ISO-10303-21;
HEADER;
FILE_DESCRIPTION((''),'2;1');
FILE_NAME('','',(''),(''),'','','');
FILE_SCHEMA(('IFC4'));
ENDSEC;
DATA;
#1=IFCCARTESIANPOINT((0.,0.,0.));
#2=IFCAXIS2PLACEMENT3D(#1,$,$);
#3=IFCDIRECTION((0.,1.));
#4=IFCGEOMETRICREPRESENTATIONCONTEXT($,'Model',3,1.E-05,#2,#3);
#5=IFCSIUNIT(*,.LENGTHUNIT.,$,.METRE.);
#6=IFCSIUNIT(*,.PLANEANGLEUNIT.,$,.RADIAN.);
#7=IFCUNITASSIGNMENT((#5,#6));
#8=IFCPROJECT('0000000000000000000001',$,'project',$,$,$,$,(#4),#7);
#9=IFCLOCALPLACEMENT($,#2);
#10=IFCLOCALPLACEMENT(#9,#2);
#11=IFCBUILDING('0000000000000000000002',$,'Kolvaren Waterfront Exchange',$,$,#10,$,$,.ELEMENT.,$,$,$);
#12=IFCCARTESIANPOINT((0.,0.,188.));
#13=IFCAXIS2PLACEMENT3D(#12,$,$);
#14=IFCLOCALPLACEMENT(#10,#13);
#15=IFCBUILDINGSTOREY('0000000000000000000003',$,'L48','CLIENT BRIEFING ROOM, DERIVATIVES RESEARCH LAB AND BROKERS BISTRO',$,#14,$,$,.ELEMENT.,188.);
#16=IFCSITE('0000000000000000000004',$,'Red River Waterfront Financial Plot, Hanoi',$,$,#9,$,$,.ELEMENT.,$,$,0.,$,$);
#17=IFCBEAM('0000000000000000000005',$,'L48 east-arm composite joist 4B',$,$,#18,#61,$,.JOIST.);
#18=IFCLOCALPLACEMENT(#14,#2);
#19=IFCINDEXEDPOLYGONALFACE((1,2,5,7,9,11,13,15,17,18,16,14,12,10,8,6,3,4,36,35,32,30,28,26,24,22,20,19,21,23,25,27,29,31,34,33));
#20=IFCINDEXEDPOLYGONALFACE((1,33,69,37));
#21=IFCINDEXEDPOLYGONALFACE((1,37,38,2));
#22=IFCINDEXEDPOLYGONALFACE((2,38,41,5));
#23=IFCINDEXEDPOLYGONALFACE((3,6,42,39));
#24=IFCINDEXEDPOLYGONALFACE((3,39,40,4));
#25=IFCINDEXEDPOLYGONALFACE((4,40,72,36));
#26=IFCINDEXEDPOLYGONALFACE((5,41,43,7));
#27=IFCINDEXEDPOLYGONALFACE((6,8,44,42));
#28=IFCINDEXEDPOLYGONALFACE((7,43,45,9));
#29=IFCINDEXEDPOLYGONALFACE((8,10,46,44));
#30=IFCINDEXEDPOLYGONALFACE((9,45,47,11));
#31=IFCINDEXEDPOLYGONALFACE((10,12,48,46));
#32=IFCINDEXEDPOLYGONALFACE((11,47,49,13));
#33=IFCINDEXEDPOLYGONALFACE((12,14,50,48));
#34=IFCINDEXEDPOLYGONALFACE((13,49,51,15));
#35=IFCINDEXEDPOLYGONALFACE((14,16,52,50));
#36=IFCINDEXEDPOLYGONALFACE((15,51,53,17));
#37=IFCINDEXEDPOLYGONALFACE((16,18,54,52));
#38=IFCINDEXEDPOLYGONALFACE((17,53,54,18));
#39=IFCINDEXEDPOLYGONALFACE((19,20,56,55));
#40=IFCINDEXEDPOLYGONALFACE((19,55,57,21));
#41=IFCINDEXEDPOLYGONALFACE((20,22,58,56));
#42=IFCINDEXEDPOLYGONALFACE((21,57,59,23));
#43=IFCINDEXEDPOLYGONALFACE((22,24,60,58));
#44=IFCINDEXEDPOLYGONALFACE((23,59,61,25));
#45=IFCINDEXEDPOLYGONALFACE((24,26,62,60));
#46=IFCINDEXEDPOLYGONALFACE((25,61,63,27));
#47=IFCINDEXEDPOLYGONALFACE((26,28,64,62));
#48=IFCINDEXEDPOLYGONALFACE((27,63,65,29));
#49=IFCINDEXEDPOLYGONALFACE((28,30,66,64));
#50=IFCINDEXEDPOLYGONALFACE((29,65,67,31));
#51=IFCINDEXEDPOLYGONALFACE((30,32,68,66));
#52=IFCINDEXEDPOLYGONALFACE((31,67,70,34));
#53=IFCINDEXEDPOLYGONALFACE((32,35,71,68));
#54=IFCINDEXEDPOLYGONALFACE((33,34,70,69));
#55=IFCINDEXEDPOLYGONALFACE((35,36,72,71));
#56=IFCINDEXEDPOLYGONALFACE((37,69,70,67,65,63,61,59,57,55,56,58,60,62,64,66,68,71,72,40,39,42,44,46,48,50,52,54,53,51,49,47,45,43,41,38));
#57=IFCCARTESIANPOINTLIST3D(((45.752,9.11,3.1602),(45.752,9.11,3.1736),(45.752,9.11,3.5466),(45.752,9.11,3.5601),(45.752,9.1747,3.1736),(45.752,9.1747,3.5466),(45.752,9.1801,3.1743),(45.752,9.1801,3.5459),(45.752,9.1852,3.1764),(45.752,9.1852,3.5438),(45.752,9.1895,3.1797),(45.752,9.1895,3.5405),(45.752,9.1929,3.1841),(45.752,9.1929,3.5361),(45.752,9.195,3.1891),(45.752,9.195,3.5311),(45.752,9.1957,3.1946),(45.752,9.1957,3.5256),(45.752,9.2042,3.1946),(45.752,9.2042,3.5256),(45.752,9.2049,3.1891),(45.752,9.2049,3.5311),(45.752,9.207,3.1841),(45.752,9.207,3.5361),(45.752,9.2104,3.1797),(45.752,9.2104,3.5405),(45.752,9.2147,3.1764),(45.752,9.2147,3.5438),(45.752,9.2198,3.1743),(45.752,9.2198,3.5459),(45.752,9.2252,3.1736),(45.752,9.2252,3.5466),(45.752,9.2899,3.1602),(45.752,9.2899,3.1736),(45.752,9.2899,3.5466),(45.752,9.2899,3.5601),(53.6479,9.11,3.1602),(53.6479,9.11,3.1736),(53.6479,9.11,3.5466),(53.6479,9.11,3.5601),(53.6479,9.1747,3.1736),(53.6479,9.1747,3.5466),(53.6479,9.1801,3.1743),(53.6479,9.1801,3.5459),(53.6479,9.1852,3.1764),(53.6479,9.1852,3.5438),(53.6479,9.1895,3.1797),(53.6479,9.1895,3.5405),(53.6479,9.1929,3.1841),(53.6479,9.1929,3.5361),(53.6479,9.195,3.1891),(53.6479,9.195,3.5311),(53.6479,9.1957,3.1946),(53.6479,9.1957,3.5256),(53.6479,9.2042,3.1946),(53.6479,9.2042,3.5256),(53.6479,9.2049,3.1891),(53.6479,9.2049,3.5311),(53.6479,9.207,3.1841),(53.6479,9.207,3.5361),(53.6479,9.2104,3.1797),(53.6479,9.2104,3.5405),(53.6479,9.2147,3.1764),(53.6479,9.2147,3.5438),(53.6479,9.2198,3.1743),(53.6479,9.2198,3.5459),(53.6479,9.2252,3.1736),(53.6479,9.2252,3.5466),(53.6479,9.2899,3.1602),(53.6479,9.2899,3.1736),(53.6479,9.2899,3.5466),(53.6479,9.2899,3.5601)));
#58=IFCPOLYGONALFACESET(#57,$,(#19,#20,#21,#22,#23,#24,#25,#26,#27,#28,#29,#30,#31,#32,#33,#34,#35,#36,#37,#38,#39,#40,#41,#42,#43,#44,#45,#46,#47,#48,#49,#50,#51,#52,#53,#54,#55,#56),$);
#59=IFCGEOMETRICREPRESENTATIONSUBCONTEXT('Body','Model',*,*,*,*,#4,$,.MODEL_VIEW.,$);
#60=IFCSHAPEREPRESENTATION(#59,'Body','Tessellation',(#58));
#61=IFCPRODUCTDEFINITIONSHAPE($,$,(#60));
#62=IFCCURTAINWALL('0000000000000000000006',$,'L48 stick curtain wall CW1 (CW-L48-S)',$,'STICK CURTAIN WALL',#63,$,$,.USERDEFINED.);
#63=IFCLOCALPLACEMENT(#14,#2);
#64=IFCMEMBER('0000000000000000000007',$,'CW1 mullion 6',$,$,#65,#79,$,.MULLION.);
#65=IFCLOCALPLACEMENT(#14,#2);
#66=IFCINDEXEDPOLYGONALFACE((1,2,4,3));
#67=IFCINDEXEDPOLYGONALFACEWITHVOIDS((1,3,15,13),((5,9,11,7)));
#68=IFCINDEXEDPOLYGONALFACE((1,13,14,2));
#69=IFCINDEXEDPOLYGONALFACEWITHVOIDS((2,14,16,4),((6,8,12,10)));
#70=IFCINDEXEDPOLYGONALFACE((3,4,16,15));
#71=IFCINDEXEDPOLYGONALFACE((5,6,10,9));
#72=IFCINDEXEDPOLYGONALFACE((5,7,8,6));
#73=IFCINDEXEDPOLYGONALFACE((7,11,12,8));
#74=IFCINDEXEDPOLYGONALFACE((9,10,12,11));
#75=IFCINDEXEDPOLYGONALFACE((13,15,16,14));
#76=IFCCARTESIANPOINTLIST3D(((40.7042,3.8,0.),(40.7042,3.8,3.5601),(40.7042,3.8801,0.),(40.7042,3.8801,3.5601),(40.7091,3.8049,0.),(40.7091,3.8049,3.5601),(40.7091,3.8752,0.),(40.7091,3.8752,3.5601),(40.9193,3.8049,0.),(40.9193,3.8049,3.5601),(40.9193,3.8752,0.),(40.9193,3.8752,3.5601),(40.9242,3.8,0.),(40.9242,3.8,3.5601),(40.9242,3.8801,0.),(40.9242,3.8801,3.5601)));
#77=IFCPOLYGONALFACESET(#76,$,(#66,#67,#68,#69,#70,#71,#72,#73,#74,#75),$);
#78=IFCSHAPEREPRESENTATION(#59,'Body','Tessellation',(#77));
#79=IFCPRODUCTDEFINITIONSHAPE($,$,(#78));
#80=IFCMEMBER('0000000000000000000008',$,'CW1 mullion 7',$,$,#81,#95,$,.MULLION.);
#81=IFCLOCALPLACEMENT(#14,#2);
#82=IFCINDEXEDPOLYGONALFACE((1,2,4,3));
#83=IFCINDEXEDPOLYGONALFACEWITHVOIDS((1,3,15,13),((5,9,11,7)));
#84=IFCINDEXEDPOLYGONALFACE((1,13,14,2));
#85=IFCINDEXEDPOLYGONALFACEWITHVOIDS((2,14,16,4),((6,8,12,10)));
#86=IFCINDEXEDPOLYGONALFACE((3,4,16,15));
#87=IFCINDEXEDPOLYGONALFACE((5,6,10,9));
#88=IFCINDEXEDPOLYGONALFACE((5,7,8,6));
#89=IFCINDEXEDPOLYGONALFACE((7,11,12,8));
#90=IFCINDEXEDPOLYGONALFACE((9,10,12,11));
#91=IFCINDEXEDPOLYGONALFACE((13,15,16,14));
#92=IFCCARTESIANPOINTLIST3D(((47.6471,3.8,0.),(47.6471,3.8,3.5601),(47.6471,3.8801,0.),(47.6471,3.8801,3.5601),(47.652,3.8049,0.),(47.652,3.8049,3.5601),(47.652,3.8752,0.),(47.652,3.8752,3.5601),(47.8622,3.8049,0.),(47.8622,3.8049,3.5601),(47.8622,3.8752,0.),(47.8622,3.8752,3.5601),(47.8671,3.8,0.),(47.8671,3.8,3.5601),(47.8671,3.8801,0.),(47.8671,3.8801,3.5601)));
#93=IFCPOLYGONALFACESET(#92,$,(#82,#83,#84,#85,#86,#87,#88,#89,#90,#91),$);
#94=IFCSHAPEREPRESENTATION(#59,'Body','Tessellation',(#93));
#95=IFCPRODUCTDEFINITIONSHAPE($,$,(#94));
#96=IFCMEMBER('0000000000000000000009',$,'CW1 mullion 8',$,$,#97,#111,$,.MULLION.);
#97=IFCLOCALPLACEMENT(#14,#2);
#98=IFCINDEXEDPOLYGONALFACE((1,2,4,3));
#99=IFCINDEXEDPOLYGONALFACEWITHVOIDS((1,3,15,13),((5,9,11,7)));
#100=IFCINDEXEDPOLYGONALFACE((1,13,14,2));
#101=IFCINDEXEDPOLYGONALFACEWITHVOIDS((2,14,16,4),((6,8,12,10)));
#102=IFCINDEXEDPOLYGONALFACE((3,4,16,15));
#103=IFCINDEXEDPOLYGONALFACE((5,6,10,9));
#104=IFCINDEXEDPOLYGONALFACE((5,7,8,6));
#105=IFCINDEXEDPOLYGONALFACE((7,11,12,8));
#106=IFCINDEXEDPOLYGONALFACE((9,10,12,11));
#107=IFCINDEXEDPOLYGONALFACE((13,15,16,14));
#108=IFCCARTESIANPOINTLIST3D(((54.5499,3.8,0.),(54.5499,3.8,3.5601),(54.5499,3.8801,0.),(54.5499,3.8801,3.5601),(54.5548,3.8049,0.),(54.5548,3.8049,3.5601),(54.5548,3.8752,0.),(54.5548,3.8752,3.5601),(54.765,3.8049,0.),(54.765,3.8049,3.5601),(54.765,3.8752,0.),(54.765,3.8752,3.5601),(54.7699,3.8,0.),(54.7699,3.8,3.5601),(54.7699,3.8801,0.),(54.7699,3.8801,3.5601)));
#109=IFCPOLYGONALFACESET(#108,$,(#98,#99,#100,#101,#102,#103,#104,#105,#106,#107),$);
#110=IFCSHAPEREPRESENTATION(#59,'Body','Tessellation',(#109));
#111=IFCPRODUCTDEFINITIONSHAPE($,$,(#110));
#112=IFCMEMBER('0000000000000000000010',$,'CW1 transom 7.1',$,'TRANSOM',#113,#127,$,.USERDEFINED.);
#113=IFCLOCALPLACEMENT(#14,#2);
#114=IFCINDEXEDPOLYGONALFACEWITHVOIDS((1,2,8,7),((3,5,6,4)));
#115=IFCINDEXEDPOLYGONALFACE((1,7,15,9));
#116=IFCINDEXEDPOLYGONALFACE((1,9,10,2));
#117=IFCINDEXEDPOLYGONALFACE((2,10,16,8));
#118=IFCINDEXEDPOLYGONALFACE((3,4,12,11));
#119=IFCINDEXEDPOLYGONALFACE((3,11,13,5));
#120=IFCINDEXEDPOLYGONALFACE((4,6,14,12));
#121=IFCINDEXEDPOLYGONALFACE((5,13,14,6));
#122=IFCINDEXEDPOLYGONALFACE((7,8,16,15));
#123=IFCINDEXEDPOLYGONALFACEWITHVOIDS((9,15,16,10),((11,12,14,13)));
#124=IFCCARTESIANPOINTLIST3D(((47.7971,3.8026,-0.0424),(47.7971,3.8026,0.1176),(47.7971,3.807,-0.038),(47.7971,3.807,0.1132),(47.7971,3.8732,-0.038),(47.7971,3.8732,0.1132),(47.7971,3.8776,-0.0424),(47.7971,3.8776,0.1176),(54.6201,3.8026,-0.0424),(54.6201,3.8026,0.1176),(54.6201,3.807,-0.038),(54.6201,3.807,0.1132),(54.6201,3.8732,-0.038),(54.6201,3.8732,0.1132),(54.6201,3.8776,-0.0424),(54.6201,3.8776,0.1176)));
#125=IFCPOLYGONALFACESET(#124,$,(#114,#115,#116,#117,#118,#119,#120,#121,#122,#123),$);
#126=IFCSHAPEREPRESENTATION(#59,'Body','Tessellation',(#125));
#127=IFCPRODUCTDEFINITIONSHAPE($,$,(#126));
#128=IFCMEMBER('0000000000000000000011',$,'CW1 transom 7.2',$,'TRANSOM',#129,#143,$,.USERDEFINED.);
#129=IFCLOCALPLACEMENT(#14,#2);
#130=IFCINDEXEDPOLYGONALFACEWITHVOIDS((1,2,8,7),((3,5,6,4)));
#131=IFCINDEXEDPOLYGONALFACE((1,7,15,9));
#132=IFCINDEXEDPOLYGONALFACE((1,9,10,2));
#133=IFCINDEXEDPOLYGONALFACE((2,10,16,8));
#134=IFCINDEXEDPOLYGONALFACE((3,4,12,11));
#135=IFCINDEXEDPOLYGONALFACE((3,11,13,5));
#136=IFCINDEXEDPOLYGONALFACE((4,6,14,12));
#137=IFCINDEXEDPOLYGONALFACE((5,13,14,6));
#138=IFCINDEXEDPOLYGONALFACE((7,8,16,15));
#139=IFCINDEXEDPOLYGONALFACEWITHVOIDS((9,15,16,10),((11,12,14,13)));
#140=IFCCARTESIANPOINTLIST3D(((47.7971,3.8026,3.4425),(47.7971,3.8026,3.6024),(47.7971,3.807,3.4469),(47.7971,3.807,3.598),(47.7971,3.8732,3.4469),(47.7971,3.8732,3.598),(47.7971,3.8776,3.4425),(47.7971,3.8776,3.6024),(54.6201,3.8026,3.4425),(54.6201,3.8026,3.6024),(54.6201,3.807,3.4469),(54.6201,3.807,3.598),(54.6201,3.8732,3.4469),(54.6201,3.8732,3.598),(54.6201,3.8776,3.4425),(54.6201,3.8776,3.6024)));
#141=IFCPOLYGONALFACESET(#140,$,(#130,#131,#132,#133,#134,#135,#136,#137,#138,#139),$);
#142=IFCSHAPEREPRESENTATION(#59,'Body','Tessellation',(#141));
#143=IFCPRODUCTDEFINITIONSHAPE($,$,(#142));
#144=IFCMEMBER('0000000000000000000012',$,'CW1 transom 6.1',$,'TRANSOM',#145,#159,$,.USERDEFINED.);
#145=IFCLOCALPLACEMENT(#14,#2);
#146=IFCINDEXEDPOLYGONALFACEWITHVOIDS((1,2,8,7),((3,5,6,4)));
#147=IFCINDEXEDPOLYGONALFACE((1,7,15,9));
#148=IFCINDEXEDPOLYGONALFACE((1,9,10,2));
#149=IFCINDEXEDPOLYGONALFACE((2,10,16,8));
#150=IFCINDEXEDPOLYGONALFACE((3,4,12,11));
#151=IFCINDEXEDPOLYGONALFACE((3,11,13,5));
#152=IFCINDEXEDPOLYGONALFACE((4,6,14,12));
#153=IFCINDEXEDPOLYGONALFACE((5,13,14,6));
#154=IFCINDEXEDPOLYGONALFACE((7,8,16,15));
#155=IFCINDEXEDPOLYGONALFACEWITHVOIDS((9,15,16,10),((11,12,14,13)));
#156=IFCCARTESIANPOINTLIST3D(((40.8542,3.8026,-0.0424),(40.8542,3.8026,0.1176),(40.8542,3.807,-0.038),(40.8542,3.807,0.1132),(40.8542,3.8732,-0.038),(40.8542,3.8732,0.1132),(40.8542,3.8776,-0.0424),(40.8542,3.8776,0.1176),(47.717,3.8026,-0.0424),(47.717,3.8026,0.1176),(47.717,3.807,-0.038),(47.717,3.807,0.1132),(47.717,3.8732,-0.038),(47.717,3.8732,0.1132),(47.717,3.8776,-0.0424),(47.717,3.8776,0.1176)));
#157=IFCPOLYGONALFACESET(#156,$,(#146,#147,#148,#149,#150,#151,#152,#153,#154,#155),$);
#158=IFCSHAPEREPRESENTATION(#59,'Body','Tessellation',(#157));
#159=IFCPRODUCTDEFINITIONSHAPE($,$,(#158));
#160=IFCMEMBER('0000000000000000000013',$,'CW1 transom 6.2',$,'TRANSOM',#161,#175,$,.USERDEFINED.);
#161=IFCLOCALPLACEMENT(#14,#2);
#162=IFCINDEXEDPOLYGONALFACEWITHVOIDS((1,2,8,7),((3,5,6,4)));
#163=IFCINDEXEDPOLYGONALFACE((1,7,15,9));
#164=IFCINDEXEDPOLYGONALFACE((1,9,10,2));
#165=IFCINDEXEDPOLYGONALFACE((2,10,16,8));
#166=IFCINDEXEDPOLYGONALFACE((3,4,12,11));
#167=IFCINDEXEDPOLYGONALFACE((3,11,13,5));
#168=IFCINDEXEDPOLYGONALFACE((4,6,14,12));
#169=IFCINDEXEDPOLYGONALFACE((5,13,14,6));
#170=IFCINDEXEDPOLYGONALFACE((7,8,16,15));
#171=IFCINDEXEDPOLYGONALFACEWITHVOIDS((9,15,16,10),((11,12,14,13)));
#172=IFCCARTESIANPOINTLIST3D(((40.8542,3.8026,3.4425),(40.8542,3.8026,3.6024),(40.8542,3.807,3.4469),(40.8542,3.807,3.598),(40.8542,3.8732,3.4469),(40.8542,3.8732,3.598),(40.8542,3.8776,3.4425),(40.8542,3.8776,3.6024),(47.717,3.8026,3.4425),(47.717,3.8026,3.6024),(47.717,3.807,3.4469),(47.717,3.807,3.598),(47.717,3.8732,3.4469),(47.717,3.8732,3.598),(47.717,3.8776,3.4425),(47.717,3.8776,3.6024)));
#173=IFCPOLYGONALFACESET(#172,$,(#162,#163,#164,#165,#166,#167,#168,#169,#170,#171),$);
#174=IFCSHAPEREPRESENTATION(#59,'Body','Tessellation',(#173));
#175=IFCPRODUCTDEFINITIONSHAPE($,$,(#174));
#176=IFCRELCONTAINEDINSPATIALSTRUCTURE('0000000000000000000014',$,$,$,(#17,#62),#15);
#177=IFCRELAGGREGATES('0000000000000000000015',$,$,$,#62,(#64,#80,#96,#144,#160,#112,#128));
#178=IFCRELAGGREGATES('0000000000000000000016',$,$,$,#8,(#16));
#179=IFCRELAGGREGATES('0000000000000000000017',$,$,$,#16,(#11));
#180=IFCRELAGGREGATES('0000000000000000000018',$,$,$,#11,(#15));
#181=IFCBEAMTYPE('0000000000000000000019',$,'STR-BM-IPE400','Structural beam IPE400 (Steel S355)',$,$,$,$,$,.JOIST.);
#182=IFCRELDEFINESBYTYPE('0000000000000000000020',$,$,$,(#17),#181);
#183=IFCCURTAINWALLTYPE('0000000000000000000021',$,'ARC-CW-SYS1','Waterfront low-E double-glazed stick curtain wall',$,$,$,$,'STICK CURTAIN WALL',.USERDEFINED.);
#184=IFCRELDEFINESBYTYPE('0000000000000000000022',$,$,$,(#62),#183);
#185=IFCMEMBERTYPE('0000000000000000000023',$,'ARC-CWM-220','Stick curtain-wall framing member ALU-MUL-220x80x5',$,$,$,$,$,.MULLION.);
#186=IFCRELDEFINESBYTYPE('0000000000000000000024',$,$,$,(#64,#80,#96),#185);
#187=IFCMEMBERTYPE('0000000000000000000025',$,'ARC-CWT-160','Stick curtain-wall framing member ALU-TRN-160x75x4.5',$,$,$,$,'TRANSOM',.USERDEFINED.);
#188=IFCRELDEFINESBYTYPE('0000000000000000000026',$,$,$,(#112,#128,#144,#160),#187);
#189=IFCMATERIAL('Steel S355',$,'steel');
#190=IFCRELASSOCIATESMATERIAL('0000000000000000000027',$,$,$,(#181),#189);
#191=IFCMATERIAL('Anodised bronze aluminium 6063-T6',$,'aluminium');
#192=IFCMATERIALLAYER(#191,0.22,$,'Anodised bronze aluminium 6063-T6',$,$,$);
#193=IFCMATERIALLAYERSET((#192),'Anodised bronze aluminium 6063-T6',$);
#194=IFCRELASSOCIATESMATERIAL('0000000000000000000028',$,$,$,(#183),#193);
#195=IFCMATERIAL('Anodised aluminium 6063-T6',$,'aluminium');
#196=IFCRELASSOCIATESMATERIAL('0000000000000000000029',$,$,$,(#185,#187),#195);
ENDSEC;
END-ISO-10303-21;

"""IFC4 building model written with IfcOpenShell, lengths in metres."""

from ifc_helpers import new_model, si_unit, direction, frame, origin, origin_with_axes, origin_2d, place, context, subcontext, project, spatial, hollow_rectangle, i_section, extrude, source, transform, mapped, material, layer, layer_set, material_profile, profile_set, type_object, element, aggregate, save


model = new_model("IFC4")

# Units and contexts
model_context = context("Model", 3, precision=1e-05, world=origin(), true_north=direction((0.0, 1.0)))
body_context = subcontext(model_context, "Body", "Model", "MODEL_VIEW")
ifc_project = project(units=[si_unit("LENGTHUNIT", "METRE"), si_unit("PLANEANGLEUNIT", "RADIAN")], contexts=[model_context])

# Site, building, storey
site_placement = place(None, origin())
site = spatial("IfcSite", under=ifc_project, at=site_placement, Name="Red River Waterfront Financial Plot, Hanoi", CompositionType="ELEMENT", RefElevation=0.0)
building_placement = place(site_placement, origin())
building = spatial("IfcBuilding", under=site, at=building_placement, Name="Kolvaren Waterfront Exchange", CompositionType="ELEMENT")
storey_placement = place(building_placement, frame((0.0, 0.0, 188.0)))
storey = spatial("IfcBuildingStorey", under=building, at=storey_placement, Name="L48", Description="CLIENT BRIEFING ROOM, DERIVATIVES RESEARCH LAB AND BROKERS BISTRO", CompositionType="ELEMENT", Elevation=188.0)

# Beam
ifc_material_1 = material(Name="Steel S355", Category="steel")
ifc_material_profile_1 = material_profile(ifc_material_1, i_section(OverallWidth=0.1799, OverallDepth=0.3999, WebThickness=0.0085, FlangeThickness=0.0134, FilletRadius=0.021, at=origin_2d()), Name="IPE400")
ifc_profile_set_1 = profile_set([ifc_material_profile_1], Name="Steel S355")
beam_type_1 = type_object("IfcBeamType", Name="STR-BM-IPE400", Description="Structural beam IPE400 (Steel S355)", PredefinedType="JOIST", material=ifc_profile_set_1)
beam_1_placement = place(storey_placement, frame((45.752, 9.2, 3.3601), z_axis=(1.0, 0.0, 0.0), x_axis=(0.0, 1.0, 0.0)))
element("IfcBeam", 1, at=beam_1_placement, inside=storey, type_object=beam_type_1, Name="L48 east-arm composite joist 4B", PredefinedType="JOIST", context=body_context, shape_type="SweptSolid", body=[
    extrude(i_section(OverallWidth=0.1799, OverallDepth=0.3999, WebThickness=0.0085, FlangeThickness=0.0134, FilletRadius=0.021, at=origin_2d()), origin(), (0.0, 0.0, 1.0), 7.896),
])

# Curtain wall, members
ifc_material_2 = material(Name="Anodised bronze aluminium 6063-T6", Category="aluminium")
ifc_layer_1 = layer(ifc_material_2, 0.22, Name="Anodised bronze aluminium 6063-T6")
ifc_layer_set_1 = layer_set([ifc_layer_1], Name="Anodised bronze aluminium 6063-T6")
curtain_wall_type = type_object("IfcCurtainWallType", Name="ARC-CW-SYS1", Description="Waterfront low-E double-glazed stick curtain wall", ElementType="STICK CURTAIN WALL", PredefinedType="USERDEFINED", material=ifc_layer_set_1)
curtain_wall_placement = place(storey_placement, origin())
curtain_wall = element("IfcCurtainWall", 2, at=curtain_wall_placement, inside=storey, type_object=curtain_wall_type, Name="L48 stick curtain wall CW1 (CW-L48-S)", ObjectType="STICK CURTAIN WALL", PredefinedType="USERDEFINED")
ifc_material_3 = material(Name="Anodised aluminium 6063-T6", Category="aluminium")
ifc_material_profile_2 = material_profile(ifc_material_3, hollow_rectangle(XDim=0.0801, YDim=0.22, WallThickness=0.0049, at=origin_2d()), Name="ALU-MUL-220x80x5")
ifc_profile_set_2 = profile_set([ifc_material_profile_2], Name="Anodised aluminium 6063-T6")
member_type_1 = type_object("IfcMemberType", Name="ARC-CWM-220", Description="Stick curtain-wall framing member ALU-MUL-220x80x5", PredefinedType="MULLION", material=ifc_profile_set_2)
shared_shape_1 = source(origin_with_axes(), body_context, "Body", "SweptSolid", [
    extrude(hollow_rectangle(XDim=0.0801, YDim=0.22, WallThickness=0.0049, at=origin_2d()), origin(), (0.0, 0.0, 1.0), 3.5601),
])
member_1_placement = place(storey_placement, frame((40.8142, 3.8401, 0.0), z_axis=(0.0, 0.0, 1.0), x_axis=(0.0, 1.0, 0.0)))
member_1 = element("IfcMember", 3, at=member_1_placement, type_object=member_type_1, Name="CW1 mullion 6", PredefinedType="MULLION", context=body_context, shape_type="MappedRepresentation", body=[
    mapped(shared_shape_1, transform((0.0, 0.0, 0.0), x_axis=(1.0, 0.0, 0.0), y_axis=(0.0, 1.0, 0.0), z_axis=(0.0, 0.0, 1.0), scale=1.0)),
])
member_2_placement = place(storey_placement, frame((47.7571, 3.8401, 0.0), z_axis=(0.0, 0.0, 1.0), x_axis=(0.0, 1.0, 0.0)))
member_2 = element("IfcMember", 4, at=member_2_placement, type_object=member_type_1, Name="CW1 mullion 7", PredefinedType="MULLION", context=body_context, shape_type="MappedRepresentation", body=[
    mapped(shared_shape_1, transform((0.0, 0.0, 0.0), x_axis=(1.0, 0.0, 0.0), y_axis=(0.0, 1.0, 0.0), z_axis=(0.0, 0.0, 1.0), scale=1.0)),
])
member_3_placement = place(storey_placement, frame((54.6599, 3.8401, 0.0), z_axis=(0.0, 0.0, 1.0), x_axis=(0.0, 1.0, 0.0)))
member_3 = element("IfcMember", 5, at=member_3_placement, type_object=member_type_1, Name="CW1 mullion 8", PredefinedType="MULLION", context=body_context, shape_type="MappedRepresentation", body=[
    mapped(shared_shape_1, transform((0.0, 0.0, 0.0), x_axis=(1.0, 0.0, 0.0), y_axis=(0.0, 1.0, 0.0), z_axis=(0.0, 0.0, 1.0), scale=1.0)),
])
ifc_material_profile_3 = material_profile(ifc_material_3, hollow_rectangle(XDim=0.075, YDim=0.1599, WallThickness=0.0044, at=origin_2d()), Name="ALU-TRN-160x75x4.5")
ifc_profile_set_3 = profile_set([ifc_material_profile_3], Name="Anodised aluminium 6063-T6")
member_type_2 = type_object("IfcMemberType", Name="ARC-CWT-160", Description="Stick curtain-wall framing member ALU-TRN-160x75x4.5", ElementType="TRANSOM", PredefinedType="USERDEFINED", material=ifc_profile_set_3)
shared_shape_2 = source(origin_with_axes(), body_context, "Body", "SweptSolid", [
    extrude(hollow_rectangle(XDim=0.075, YDim=0.1599, WallThickness=0.0044, at=origin_2d()), origin(), (0.0, 0.0, 1.0), 6.823),
])
member_4_placement = place(storey_placement, frame((47.7971, 3.8401, 0.0376), z_axis=(1.0, 0.0, 0.0), x_axis=(0.0, 1.0, 0.0)))
member_4 = element("IfcMember", 6, at=member_4_placement, type_object=member_type_2, Name="CW1 transom 7.1", ObjectType="TRANSOM", PredefinedType="USERDEFINED", context=body_context, shape_type="MappedRepresentation", body=[
    mapped(shared_shape_2, transform((0.0, 0.0, 0.0), x_axis=(1.0, 0.0, 0.0), y_axis=(0.0, 1.0, 0.0), z_axis=(0.0, 0.0, 1.0), scale=1.0)),
])
member_5_placement = place(storey_placement, frame((47.7971, 3.8401, 3.5225), z_axis=(1.0, 0.0, 0.0), x_axis=(0.0, 1.0, 0.0)))
member_5 = element("IfcMember", 7, at=member_5_placement, type_object=member_type_2, Name="CW1 transom 7.2", ObjectType="TRANSOM", PredefinedType="USERDEFINED", context=body_context, shape_type="MappedRepresentation", body=[
    mapped(shared_shape_2, transform((0.0, 0.0, 0.0), x_axis=(1.0, 0.0, 0.0), y_axis=(0.0, 1.0, 0.0), z_axis=(0.0, 0.0, 1.0), scale=1.0)),
])
shared_shape_3 = source(origin_with_axes(), body_context, "Body", "SweptSolid", [
    extrude(hollow_rectangle(XDim=0.075, YDim=0.1599, WallThickness=0.0044, at=origin_2d()), origin(), (0.0, 0.0, 1.0), 6.8628),
])
member_6_placement = place(storey_placement, frame((40.8542, 3.8401, 0.0376), z_axis=(1.0, 0.0, 0.0), x_axis=(0.0, 1.0, 0.0)))
member_6 = element("IfcMember", 8, at=member_6_placement, type_object=member_type_2, Name="CW1 transom 6.1", ObjectType="TRANSOM", PredefinedType="USERDEFINED", context=body_context, shape_type="MappedRepresentation", body=[
    mapped(shared_shape_3, transform((0.0, 0.0, 0.0), x_axis=(1.0, 0.0, 0.0), y_axis=(0.0, 1.0, 0.0), z_axis=(0.0, 0.0, 1.0), scale=1.0)),
])
member_7_placement = place(storey_placement, frame((40.8542, 3.8401, 3.5225), z_axis=(1.0, 0.0, 0.0), x_axis=(0.0, 1.0, 0.0)))
member_7 = element("IfcMember", 9, at=member_7_placement, type_object=member_type_2, Name="CW1 transom 6.2", ObjectType="TRANSOM", PredefinedType="USERDEFINED", context=body_context, shape_type="MappedRepresentation", body=[
    mapped(shared_shape_3, transform((0.0, 0.0, 0.0), x_axis=(1.0, 0.0, 0.0), y_axis=(0.0, 1.0, 0.0), z_axis=(0.0, 0.0, 1.0), scale=1.0)),
])
aggregate(curtain_wall, [member_1, member_2, member_3, member_6, member_7, member_4, member_5])

save(model, "model.ifc")
